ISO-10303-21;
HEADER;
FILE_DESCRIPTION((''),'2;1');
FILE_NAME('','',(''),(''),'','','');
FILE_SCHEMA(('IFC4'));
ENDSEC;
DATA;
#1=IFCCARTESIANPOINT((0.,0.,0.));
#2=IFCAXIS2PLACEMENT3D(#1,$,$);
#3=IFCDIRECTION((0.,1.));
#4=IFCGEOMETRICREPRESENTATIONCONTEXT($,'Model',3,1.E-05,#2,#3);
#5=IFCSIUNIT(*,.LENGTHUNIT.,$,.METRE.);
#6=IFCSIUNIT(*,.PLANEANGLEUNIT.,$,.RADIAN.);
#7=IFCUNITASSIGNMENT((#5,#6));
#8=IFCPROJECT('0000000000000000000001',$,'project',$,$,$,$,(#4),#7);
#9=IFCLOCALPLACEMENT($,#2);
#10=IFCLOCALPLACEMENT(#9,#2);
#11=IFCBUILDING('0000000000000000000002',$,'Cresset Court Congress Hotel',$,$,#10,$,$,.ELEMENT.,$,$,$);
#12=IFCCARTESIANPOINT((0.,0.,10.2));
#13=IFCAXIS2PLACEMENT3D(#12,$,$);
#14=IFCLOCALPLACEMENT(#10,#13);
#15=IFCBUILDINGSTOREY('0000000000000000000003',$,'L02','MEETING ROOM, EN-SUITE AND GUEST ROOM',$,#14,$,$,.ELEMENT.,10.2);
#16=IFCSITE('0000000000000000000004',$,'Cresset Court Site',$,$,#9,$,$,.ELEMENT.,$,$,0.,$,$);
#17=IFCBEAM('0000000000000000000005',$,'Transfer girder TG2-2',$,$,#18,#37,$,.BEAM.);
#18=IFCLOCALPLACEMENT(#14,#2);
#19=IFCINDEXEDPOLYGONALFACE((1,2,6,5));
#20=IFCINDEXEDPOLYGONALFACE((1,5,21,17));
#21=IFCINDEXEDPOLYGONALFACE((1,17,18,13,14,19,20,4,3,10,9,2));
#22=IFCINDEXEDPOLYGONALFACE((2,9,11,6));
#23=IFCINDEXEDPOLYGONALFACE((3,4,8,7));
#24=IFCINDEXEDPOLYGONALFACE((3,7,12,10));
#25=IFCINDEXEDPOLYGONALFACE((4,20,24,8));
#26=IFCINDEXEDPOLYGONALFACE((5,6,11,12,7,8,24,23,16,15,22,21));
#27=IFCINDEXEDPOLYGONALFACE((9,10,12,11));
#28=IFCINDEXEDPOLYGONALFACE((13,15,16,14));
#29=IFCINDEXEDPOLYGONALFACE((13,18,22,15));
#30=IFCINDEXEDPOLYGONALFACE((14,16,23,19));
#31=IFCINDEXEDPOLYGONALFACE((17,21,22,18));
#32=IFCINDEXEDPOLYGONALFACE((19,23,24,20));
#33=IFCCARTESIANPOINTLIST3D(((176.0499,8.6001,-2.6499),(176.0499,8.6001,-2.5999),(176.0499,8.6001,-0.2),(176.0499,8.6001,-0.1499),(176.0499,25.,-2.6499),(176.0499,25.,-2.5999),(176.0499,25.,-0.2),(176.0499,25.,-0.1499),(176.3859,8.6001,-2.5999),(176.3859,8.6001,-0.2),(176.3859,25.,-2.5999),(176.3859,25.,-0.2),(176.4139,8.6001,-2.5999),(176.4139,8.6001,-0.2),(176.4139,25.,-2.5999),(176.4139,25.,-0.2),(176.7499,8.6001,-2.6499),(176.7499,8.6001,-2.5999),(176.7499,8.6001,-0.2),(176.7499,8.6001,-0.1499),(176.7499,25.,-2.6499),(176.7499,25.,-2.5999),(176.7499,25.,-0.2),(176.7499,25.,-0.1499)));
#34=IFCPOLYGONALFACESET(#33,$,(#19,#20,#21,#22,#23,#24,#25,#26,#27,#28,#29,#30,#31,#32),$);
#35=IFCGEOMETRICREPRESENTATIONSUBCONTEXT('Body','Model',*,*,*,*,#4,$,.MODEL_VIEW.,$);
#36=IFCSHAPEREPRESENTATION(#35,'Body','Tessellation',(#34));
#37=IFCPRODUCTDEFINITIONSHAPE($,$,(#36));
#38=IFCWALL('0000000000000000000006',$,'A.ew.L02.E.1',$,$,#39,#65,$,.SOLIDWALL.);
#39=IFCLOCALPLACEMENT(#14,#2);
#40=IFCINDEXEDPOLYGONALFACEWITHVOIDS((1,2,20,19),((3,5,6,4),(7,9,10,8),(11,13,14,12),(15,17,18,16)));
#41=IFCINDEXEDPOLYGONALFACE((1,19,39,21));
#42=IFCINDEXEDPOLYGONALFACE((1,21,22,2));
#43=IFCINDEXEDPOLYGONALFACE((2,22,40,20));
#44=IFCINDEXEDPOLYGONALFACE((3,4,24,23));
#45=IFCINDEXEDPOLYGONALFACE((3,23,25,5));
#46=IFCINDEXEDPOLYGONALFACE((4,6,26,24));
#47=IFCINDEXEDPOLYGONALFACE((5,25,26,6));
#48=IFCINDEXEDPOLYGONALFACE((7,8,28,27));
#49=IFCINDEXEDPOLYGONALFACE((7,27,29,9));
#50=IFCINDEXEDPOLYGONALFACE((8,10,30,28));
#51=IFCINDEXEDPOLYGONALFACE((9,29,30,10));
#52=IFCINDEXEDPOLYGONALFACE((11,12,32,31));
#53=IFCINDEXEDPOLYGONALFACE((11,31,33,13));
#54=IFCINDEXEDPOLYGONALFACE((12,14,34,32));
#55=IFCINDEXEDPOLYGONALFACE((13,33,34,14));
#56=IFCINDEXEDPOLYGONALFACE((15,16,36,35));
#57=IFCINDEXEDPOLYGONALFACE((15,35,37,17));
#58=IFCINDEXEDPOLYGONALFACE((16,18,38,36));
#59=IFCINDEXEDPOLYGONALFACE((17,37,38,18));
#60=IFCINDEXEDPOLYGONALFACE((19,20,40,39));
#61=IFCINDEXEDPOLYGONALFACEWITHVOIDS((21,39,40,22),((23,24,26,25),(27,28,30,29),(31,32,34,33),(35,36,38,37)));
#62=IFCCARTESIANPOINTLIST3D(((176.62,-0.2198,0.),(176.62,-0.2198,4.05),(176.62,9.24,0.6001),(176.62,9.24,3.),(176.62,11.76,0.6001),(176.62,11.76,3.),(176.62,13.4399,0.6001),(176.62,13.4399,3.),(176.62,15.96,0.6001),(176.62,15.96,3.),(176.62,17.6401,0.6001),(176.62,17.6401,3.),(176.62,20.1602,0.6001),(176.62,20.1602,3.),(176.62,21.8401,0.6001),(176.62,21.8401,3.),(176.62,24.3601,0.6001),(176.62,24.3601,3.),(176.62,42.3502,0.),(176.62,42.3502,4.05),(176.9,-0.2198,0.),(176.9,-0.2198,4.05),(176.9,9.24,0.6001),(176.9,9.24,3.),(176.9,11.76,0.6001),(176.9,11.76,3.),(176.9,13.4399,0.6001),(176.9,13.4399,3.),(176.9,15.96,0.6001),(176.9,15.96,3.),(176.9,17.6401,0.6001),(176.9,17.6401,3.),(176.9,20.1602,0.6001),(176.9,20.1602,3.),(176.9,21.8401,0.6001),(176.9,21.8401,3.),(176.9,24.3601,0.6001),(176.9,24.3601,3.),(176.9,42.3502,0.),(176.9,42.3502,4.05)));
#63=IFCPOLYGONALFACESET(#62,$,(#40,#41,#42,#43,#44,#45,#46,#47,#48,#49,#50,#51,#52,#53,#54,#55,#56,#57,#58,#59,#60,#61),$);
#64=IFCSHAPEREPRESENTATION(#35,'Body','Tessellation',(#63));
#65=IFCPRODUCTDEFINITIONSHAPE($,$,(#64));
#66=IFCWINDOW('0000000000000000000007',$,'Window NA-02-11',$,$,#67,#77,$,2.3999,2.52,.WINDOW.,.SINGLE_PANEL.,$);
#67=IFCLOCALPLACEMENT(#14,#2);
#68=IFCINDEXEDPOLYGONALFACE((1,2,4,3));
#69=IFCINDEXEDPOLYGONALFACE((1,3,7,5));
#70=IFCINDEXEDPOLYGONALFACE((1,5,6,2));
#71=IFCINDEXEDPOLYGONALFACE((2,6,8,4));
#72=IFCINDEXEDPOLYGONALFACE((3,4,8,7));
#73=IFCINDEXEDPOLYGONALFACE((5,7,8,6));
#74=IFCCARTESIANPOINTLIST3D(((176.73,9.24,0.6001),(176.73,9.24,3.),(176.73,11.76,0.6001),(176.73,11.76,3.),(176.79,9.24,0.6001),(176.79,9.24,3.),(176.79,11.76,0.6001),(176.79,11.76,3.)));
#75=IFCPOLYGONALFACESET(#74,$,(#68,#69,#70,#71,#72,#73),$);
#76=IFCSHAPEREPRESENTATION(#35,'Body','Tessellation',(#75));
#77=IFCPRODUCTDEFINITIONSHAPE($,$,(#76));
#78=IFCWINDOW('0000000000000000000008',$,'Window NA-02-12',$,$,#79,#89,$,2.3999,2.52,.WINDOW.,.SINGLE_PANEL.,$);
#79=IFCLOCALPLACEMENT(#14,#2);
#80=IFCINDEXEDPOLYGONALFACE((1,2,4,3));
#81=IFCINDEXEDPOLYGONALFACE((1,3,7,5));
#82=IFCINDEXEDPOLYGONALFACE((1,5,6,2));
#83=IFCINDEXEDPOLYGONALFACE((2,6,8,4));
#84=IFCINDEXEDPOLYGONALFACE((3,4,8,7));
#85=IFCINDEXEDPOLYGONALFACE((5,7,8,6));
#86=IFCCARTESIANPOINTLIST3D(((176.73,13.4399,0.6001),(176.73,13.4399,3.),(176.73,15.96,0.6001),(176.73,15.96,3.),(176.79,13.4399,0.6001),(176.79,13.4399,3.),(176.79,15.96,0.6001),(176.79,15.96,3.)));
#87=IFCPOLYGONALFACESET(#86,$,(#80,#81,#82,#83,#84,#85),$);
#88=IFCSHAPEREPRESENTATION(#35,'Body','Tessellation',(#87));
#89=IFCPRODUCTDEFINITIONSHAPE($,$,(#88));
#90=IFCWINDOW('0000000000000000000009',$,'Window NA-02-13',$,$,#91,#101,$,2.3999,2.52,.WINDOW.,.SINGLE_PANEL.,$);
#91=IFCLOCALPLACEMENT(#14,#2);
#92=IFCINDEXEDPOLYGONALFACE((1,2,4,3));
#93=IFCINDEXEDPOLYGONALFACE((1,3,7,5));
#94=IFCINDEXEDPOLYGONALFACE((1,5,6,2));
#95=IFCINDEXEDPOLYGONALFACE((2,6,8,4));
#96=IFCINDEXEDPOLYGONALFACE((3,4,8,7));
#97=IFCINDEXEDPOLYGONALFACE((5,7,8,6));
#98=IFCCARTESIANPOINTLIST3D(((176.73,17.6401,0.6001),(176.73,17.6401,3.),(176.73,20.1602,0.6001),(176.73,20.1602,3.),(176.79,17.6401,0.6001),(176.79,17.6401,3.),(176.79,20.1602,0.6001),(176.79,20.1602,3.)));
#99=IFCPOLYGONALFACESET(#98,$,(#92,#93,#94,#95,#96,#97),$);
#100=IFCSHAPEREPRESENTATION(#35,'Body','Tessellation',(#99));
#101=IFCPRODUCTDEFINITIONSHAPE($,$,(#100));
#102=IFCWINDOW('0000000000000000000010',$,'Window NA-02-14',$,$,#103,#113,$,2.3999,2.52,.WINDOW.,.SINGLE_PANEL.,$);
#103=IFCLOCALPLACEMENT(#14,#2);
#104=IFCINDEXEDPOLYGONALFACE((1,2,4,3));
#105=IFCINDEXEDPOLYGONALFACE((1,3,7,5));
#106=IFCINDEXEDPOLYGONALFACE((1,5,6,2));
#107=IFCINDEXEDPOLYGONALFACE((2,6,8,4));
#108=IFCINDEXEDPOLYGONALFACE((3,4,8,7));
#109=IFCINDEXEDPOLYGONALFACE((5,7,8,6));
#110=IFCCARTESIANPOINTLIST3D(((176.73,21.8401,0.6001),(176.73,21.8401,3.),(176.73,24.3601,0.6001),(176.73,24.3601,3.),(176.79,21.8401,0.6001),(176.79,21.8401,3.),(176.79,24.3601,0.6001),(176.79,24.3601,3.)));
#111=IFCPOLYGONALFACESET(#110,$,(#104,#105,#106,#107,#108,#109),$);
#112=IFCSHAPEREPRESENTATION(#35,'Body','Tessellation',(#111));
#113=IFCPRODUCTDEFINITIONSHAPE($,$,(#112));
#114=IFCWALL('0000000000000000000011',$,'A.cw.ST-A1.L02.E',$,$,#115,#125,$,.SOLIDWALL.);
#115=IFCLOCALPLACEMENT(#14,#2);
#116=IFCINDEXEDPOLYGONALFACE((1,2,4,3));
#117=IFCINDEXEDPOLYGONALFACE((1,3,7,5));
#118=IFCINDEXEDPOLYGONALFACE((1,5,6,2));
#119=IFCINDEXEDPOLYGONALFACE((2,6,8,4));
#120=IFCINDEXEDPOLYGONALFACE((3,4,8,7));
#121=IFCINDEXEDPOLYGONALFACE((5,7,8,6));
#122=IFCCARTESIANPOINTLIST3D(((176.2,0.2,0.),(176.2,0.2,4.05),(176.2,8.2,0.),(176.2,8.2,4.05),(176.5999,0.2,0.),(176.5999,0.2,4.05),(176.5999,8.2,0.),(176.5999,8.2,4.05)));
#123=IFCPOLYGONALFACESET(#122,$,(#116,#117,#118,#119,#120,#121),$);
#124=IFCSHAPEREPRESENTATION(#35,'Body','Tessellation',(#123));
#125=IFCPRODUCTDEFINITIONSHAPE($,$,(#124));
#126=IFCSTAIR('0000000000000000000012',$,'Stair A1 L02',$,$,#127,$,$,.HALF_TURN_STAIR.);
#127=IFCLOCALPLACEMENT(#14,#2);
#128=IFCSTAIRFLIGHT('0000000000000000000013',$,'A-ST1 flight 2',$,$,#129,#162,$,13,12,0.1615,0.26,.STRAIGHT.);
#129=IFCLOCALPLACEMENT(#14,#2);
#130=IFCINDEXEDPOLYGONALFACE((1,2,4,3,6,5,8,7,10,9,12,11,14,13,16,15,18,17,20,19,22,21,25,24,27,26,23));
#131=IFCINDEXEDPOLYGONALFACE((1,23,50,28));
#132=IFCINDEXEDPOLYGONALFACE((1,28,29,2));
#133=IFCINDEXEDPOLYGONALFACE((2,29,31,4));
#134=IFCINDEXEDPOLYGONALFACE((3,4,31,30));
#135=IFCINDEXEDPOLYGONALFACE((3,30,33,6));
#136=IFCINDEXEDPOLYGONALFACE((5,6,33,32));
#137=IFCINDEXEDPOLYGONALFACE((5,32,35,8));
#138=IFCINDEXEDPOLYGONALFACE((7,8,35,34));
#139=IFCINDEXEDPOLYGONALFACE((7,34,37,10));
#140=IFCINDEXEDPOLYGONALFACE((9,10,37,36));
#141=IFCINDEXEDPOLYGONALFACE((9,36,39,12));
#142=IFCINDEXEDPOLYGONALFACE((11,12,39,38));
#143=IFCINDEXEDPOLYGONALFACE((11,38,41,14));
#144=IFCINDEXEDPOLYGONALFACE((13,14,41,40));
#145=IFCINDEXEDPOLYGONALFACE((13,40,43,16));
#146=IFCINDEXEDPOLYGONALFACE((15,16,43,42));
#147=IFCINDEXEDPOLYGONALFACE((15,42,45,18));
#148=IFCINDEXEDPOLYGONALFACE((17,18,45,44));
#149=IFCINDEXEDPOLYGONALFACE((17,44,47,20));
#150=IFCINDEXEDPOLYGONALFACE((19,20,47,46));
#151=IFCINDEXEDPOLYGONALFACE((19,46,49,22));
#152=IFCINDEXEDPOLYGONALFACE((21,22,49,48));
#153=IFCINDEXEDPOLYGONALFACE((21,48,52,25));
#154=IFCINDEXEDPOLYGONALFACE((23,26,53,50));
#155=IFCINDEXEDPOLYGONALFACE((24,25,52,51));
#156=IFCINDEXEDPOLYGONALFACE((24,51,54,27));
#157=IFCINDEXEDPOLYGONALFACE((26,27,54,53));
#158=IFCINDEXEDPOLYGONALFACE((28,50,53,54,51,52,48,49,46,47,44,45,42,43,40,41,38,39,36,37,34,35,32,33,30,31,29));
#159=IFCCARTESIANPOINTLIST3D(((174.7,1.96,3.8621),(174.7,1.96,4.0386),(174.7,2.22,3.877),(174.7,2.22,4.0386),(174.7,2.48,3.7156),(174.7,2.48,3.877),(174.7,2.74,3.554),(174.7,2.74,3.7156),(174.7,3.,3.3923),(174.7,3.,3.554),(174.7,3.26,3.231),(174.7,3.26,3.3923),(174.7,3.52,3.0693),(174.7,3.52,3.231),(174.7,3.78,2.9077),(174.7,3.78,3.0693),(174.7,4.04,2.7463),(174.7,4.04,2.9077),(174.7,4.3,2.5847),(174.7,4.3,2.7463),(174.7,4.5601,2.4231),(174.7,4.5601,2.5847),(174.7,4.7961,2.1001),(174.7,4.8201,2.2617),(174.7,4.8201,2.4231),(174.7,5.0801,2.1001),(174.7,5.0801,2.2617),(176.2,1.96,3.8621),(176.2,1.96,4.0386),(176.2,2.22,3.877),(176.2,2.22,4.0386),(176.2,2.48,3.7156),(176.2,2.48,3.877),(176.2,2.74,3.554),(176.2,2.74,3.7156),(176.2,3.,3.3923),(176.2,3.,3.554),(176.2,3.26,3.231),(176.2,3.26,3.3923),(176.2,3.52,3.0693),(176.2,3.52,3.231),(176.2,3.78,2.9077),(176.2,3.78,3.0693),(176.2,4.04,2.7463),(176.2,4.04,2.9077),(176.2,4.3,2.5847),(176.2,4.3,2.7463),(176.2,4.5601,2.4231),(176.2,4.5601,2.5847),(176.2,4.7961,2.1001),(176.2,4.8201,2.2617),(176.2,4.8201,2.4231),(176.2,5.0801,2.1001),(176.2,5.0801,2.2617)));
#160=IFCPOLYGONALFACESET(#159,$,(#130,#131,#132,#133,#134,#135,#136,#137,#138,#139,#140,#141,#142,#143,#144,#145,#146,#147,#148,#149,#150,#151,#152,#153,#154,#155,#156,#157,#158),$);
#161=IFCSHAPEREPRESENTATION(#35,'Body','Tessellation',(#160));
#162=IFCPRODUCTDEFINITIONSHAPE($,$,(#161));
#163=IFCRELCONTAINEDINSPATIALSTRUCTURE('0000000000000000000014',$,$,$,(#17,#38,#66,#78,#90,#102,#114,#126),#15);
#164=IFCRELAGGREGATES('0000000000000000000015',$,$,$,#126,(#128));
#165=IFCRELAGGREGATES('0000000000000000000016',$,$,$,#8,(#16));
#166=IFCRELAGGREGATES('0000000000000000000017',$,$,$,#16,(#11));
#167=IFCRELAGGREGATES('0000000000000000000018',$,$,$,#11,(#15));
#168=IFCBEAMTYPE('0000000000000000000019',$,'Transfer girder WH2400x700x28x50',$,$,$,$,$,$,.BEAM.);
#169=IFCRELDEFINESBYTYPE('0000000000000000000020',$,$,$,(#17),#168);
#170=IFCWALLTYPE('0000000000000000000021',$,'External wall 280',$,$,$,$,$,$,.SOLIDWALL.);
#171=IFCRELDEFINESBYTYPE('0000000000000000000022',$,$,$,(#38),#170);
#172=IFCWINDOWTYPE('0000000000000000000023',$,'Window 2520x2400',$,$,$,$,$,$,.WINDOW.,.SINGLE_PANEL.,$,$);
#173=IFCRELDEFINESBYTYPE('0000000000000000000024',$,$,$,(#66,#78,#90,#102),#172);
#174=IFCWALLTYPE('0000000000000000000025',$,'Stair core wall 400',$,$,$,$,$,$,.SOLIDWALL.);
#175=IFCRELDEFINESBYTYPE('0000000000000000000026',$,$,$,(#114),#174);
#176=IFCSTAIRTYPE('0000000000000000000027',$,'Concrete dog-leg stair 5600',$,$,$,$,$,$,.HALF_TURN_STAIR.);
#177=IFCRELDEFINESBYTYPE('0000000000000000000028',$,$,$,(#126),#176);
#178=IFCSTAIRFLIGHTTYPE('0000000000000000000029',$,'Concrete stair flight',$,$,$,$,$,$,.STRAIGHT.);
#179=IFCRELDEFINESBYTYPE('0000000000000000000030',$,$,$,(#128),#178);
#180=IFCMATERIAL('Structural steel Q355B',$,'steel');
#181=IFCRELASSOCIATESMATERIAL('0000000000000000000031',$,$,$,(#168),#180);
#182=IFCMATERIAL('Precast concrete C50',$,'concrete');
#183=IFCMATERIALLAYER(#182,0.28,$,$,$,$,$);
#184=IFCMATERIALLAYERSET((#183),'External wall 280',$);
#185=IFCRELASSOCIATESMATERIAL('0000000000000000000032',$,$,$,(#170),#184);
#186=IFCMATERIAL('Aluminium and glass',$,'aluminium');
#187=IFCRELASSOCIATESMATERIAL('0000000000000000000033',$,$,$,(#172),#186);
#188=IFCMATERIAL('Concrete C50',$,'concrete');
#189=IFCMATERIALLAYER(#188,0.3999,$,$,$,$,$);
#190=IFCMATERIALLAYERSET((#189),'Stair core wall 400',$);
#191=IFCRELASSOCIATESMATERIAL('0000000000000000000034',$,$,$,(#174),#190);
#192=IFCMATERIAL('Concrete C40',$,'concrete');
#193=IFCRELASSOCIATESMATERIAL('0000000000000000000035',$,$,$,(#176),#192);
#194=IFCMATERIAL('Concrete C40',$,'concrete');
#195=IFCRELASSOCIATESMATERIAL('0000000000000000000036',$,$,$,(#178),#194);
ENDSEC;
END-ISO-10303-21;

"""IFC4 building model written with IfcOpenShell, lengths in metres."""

from ifc_helpers import new_model, si_unit, direction, frame, frame_2d, origin, origin_2d, place, context, subcontext, project, spatial, polyline, rectangle, i_section, outline, extrude, material, layer, layer_set, material_profile, profile_set, type_object, element, fill, aggregate, save


model = new_model("IFC4")

# Units and contexts
model_context = context("Model", 3, precision=1e-05, world=origin(), true_north=direction((0.0, 1.0)))
body_context = subcontext(model_context, "Body", "Model", "MODEL_VIEW")
ifc_project = project(units=[si_unit("LENGTHUNIT", "METRE"), si_unit("PLANEANGLEUNIT", "RADIAN")], contexts=[model_context])

# Site, building, storey
site_placement = place(None, origin())
site = spatial("IfcSite", under=ifc_project, at=site_placement, Name="Cresset Court Site", CompositionType="ELEMENT", RefElevation=0.0)
building_placement = place(site_placement, origin())
building = spatial("IfcBuilding", under=site, at=building_placement, Name="Cresset Court Congress Hotel", CompositionType="ELEMENT")
storey_placement = place(building_placement, frame((0.0, 0.0, 10.2)))
storey = spatial("IfcBuildingStorey", under=building, at=storey_placement, Name="L02", Description="MEETING ROOM, EN-SUITE AND GUEST ROOM", CompositionType="ELEMENT", Elevation=10.2)

# Beam
ifc_material_1 = material(Name="Structural steel Q355B", Category="steel")
ifc_material_profile = material_profile(ifc_material_1, i_section(OverallWidth=0.7, OverallDepth=2.5, WebThickness=0.0281, FlangeThickness=0.05, at=origin_2d()), Name="WH2400x700x28x50")
ifc_profile_set = profile_set([ifc_material_profile], Name="Structural steel Q355B")
beam_type = type_object("IfcBeamType", Name="Transfer girder WH2400x700x28x50", PredefinedType="BEAM", material=ifc_profile_set)
beam_placement = place(storey_placement, frame((176.3999, 8.6001, -1.3999), z_axis=(0.0, 1.0, 0.0), x_axis=(-1.0, 0.0, 0.0)))
element("IfcBeam", 1, at=beam_placement, inside=storey, type_object=beam_type, Name="Transfer girder TG2-2", PredefinedType="BEAM", context=body_context, shape_type="SweptSolid", body=[
    extrude(i_section(OverallWidth=0.7, OverallDepth=2.5, WebThickness=0.0281, FlangeThickness=0.05, at=origin_2d()), origin(), (0.0, 0.0, 1.0), 16.3999),
])

# Wall, openings, windows
ifc_material_2 = material(Name="Precast concrete C50", Category="concrete")
ifc_layer_1 = layer(ifc_material_2, 0.28)
ifc_layer_set_1 = layer_set([ifc_layer_1], Name="External wall 280")
wall_type_1 = type_object("IfcWallType", Name="External wall 280", PredefinedType="SOLIDWALL", material=ifc_layer_set_1)
wall_1_placement = place(storey_placement, frame((176.76, -0.22, 0.0), z_axis=(0.0, 0.0, 1.0), x_axis=(0.0, 1.0, 0.0)))
wall_1 = element("IfcWall", 2, at=wall_1_placement, inside=storey, type_object=wall_type_1, Name="A.ew.L02.E.1", PredefinedType="SOLIDWALL", context=body_context, shape_type="SweptSolid", body=[
    extrude(rectangle(XDim=42.5701, YDim=0.28, at=frame_2d((21.2852, 0.0))), origin(), (0.0, 0.0, 1.0), 4.05),
])
opening_1_placement = place(wall_1_placement, frame((9.46, 0.0, 0.6001)))
opening_1 = element("IfcOpeningElement", 3, at=opening_1_placement, cuts=wall_1, PredefinedType="OPENING", context=body_context, shape_type="SweptSolid", body=[
    extrude(rectangle(XDim=2.52, YDim=2.3999, at=frame_2d((1.26, 1.2))), frame((0.0, 0.1499, 0.0), z_axis=(0.0, -1.0, 0.0), x_axis=(1.0, 0.0, 0.0)), (0.0, 0.0, 1.0), 0.3),
])
opening_2_placement = place(wall_1_placement, frame((13.6599, 0.0, 0.6001)))
opening_2 = element("IfcOpeningElement", 4, at=opening_2_placement, cuts=wall_1, PredefinedType="OPENING", context=body_context, shape_type="SweptSolid", body=[
    extrude(rectangle(XDim=2.52, YDim=2.3999, at=frame_2d((1.26, 1.2))), frame((0.0, 0.1499, 0.0), z_axis=(0.0, -1.0, 0.0), x_axis=(1.0, 0.0, 0.0)), (0.0, 0.0, 1.0), 0.3),
])
opening_3_placement = place(wall_1_placement, frame((17.8601, 0.0, 0.6001)))
opening_3 = element("IfcOpeningElement", 5, at=opening_3_placement, cuts=wall_1, PredefinedType="OPENING", context=body_context, shape_type="SweptSolid", body=[
    extrude(rectangle(XDim=2.52, YDim=2.3999, at=frame_2d((1.26, 1.2))), frame((0.0, 0.1499, 0.0), z_axis=(0.0, -1.0, 0.0), x_axis=(1.0, 0.0, 0.0)), (0.0, 0.0, 1.0), 0.3),
])
opening_4_placement = place(wall_1_placement, frame((22.0601, 0.0, 0.6001)))
opening_4 = element("IfcOpeningElement", 6, at=opening_4_placement, cuts=wall_1, PredefinedType="OPENING", context=body_context, shape_type="SweptSolid", body=[
    extrude(rectangle(XDim=2.52, YDim=2.3999, at=frame_2d((1.26, 1.2))), frame((0.0, 0.1499, 0.0), z_axis=(0.0, -1.0, 0.0), x_axis=(1.0, 0.0, 0.0)), (0.0, 0.0, 1.0), 0.3),
])
ifc_material_3 = material(Name="Aluminium and glass", Category="aluminium")
window_type = type_object("IfcWindowType", Name="Window 2520x2400", PartitioningType="SINGLE_PANEL", PredefinedType="WINDOW", material=ifc_material_3)
window_1_placement = place(opening_1_placement, origin())
window_1 = element("IfcWindow", 7, at=window_1_placement, inside=storey, type_object=window_type, Name="Window NA-02-11", OverallHeight=2.3999, OverallWidth=2.52, PartitioningType="SINGLE_PANEL", PredefinedType="WINDOW", context=body_context, shape_type="SweptSolid", body=[
    extrude(rectangle(XDim=2.52, YDim=2.3999, at=frame_2d((1.26, 1.2))), frame((0.0, 0.03, 0.0), z_axis=(0.0, -1.0, 0.0), x_axis=(1.0, 0.0, 0.0)), (0.0, 0.0, 1.0), 0.0601),
])
fill(opening_1, window_1)
window_2_placement = place(opening_2_placement, origin())
window_2 = element("IfcWindow", 8, at=window_2_placement, inside=storey, type_object=window_type, Name="Window NA-02-12", OverallHeight=2.3999, OverallWidth=2.52, PartitioningType="SINGLE_PANEL", PredefinedType="WINDOW", context=body_context, shape_type="SweptSolid", body=[
    extrude(rectangle(XDim=2.52, YDim=2.3999, at=frame_2d((1.26, 1.2))), frame((0.0, 0.03, 0.0), z_axis=(0.0, -1.0, 0.0), x_axis=(1.0, 0.0, 0.0)), (0.0, 0.0, 1.0), 0.0601),
])
fill(opening_2, window_2)
window_3_placement = place(opening_3_placement, origin())
window_3 = element("IfcWindow", 9, at=window_3_placement, inside=storey, type_object=window_type, Name="Window NA-02-13", OverallHeight=2.3999, OverallWidth=2.52, PartitioningType="SINGLE_PANEL", PredefinedType="WINDOW", context=body_context, shape_type="SweptSolid", body=[
    extrude(rectangle(XDim=2.52, YDim=2.3999, at=frame_2d((1.26, 1.2))), frame((0.0, 0.03, 0.0), z_axis=(0.0, -1.0, 0.0), x_axis=(1.0, 0.0, 0.0)), (0.0, 0.0, 1.0), 0.0601),
])
fill(opening_3, window_3)
window_4_placement = place(opening_4_placement, origin())
window_4 = element("IfcWindow", 10, at=window_4_placement, inside=storey, type_object=window_type, Name="Window NA-02-14", OverallHeight=2.3999, OverallWidth=2.52, PartitioningType="SINGLE_PANEL", PredefinedType="WINDOW", context=body_context, shape_type="SweptSolid", body=[
    extrude(rectangle(XDim=2.52, YDim=2.3999, at=frame_2d((1.26, 1.2))), frame((0.0, 0.03, 0.0), z_axis=(0.0, -1.0, 0.0), x_axis=(1.0, 0.0, 0.0)), (0.0, 0.0, 1.0), 0.0601),
])
fill(opening_4, window_4)

# Wall
ifc_material_4 = material(Name="Concrete C50", Category="concrete")
ifc_layer_2 = layer(ifc_material_4, 0.3999)
ifc_layer_set_2 = layer_set([ifc_layer_2], Name="Stair core wall 400")
wall_type_2 = type_object("IfcWallType", Name="Stair core wall 400", PredefinedType="SOLIDWALL", material=ifc_layer_set_2)
wall_2_placement = place(storey_placement, frame((176.3999, 0.2, 0.0), z_axis=(0.0, 0.0, 1.0), x_axis=(0.0, 1.0, 0.0)))
element("IfcWall", 11, at=wall_2_placement, inside=storey, type_object=wall_type_2, Name="A.cw.ST-A1.L02.E", PredefinedType="SOLIDWALL", context=body_context, shape_type="SweptSolid", body=[
    extrude(rectangle(XDim=8.0, YDim=0.3999, at=frame_2d((4.0, 0.0))), origin(), (0.0, 0.0, 1.0), 4.05),
])

# Stair, stair flight
ifc_material_5 = material(Name="Concrete C40", Category="concrete")
stair_type = type_object("IfcStairType", Name="Concrete dog-leg stair 5600", PredefinedType="HALF_TURN_STAIR", material=ifc_material_5)
stair_placement = place(storey_placement, origin())
stair = element("IfcStair", 12, at=stair_placement, inside=storey, type_object=stair_type, Name="Stair A1 L02", PredefinedType="HALF_TURN_STAIR")
ifc_material_6 = material(Name="Concrete C40", Category="concrete")
stair_flight_type = type_object("IfcStairFlightType", Name="Concrete stair flight", PredefinedType="STRAIGHT", material=ifc_material_6)
stair_flight_placement = place(storey_placement, frame((175.45, 5.0801, 2.1001), z_axis=(0.0, 0.0, 1.0), x_axis=(0.0, -1.0, 0.0)))
stair_flight = element("IfcStairFlight", 13, at=stair_flight_placement, type_object=stair_flight_type, Name="A-ST1 flight 2", NumberOfRisers=13, NumberOfTreads=12, PredefinedType="STRAIGHT", RiserHeight=0.1615, TreadLength=0.26, context=body_context, shape_type="SweptSolid", body=[
    extrude(outline(polyline([(0.0, 0.0), (0.0, 0.1616), (0.26, 0.1616), (0.26, 0.323), (0.52, 0.323), (0.52, 0.4846), (0.78, 0.4846), (0.78, 0.6462), (1.04, 0.6462), (1.04, 0.8076), (1.3, 0.8076), (1.3, 0.9692), (1.5601, 0.9692), (1.5601, 1.1309), (1.8201, 1.1309), (1.8201, 1.2922), (2.0801, 1.2922), (2.0801, 1.4539), (2.3401, 1.4539), (2.3401, 1.6155), (2.6001, 1.6155), (2.6001, 1.7769), (2.8601, 1.7769), (2.8601, 1.9385), (3.1201, 1.9385), (3.1201, 2.1001), (3.1201, 1.762), (0.2839, 0.0), (0.0, 0.0)])), frame((0.0, 0.75, 0.0), z_axis=(0.0, -1.0, 0.0), x_axis=(1.0, 0.0, 0.0)), (0.0, 0.0, 1.0), 1.5),
])
aggregate(stair, [stair_flight])

save(model, "model.ifc")
